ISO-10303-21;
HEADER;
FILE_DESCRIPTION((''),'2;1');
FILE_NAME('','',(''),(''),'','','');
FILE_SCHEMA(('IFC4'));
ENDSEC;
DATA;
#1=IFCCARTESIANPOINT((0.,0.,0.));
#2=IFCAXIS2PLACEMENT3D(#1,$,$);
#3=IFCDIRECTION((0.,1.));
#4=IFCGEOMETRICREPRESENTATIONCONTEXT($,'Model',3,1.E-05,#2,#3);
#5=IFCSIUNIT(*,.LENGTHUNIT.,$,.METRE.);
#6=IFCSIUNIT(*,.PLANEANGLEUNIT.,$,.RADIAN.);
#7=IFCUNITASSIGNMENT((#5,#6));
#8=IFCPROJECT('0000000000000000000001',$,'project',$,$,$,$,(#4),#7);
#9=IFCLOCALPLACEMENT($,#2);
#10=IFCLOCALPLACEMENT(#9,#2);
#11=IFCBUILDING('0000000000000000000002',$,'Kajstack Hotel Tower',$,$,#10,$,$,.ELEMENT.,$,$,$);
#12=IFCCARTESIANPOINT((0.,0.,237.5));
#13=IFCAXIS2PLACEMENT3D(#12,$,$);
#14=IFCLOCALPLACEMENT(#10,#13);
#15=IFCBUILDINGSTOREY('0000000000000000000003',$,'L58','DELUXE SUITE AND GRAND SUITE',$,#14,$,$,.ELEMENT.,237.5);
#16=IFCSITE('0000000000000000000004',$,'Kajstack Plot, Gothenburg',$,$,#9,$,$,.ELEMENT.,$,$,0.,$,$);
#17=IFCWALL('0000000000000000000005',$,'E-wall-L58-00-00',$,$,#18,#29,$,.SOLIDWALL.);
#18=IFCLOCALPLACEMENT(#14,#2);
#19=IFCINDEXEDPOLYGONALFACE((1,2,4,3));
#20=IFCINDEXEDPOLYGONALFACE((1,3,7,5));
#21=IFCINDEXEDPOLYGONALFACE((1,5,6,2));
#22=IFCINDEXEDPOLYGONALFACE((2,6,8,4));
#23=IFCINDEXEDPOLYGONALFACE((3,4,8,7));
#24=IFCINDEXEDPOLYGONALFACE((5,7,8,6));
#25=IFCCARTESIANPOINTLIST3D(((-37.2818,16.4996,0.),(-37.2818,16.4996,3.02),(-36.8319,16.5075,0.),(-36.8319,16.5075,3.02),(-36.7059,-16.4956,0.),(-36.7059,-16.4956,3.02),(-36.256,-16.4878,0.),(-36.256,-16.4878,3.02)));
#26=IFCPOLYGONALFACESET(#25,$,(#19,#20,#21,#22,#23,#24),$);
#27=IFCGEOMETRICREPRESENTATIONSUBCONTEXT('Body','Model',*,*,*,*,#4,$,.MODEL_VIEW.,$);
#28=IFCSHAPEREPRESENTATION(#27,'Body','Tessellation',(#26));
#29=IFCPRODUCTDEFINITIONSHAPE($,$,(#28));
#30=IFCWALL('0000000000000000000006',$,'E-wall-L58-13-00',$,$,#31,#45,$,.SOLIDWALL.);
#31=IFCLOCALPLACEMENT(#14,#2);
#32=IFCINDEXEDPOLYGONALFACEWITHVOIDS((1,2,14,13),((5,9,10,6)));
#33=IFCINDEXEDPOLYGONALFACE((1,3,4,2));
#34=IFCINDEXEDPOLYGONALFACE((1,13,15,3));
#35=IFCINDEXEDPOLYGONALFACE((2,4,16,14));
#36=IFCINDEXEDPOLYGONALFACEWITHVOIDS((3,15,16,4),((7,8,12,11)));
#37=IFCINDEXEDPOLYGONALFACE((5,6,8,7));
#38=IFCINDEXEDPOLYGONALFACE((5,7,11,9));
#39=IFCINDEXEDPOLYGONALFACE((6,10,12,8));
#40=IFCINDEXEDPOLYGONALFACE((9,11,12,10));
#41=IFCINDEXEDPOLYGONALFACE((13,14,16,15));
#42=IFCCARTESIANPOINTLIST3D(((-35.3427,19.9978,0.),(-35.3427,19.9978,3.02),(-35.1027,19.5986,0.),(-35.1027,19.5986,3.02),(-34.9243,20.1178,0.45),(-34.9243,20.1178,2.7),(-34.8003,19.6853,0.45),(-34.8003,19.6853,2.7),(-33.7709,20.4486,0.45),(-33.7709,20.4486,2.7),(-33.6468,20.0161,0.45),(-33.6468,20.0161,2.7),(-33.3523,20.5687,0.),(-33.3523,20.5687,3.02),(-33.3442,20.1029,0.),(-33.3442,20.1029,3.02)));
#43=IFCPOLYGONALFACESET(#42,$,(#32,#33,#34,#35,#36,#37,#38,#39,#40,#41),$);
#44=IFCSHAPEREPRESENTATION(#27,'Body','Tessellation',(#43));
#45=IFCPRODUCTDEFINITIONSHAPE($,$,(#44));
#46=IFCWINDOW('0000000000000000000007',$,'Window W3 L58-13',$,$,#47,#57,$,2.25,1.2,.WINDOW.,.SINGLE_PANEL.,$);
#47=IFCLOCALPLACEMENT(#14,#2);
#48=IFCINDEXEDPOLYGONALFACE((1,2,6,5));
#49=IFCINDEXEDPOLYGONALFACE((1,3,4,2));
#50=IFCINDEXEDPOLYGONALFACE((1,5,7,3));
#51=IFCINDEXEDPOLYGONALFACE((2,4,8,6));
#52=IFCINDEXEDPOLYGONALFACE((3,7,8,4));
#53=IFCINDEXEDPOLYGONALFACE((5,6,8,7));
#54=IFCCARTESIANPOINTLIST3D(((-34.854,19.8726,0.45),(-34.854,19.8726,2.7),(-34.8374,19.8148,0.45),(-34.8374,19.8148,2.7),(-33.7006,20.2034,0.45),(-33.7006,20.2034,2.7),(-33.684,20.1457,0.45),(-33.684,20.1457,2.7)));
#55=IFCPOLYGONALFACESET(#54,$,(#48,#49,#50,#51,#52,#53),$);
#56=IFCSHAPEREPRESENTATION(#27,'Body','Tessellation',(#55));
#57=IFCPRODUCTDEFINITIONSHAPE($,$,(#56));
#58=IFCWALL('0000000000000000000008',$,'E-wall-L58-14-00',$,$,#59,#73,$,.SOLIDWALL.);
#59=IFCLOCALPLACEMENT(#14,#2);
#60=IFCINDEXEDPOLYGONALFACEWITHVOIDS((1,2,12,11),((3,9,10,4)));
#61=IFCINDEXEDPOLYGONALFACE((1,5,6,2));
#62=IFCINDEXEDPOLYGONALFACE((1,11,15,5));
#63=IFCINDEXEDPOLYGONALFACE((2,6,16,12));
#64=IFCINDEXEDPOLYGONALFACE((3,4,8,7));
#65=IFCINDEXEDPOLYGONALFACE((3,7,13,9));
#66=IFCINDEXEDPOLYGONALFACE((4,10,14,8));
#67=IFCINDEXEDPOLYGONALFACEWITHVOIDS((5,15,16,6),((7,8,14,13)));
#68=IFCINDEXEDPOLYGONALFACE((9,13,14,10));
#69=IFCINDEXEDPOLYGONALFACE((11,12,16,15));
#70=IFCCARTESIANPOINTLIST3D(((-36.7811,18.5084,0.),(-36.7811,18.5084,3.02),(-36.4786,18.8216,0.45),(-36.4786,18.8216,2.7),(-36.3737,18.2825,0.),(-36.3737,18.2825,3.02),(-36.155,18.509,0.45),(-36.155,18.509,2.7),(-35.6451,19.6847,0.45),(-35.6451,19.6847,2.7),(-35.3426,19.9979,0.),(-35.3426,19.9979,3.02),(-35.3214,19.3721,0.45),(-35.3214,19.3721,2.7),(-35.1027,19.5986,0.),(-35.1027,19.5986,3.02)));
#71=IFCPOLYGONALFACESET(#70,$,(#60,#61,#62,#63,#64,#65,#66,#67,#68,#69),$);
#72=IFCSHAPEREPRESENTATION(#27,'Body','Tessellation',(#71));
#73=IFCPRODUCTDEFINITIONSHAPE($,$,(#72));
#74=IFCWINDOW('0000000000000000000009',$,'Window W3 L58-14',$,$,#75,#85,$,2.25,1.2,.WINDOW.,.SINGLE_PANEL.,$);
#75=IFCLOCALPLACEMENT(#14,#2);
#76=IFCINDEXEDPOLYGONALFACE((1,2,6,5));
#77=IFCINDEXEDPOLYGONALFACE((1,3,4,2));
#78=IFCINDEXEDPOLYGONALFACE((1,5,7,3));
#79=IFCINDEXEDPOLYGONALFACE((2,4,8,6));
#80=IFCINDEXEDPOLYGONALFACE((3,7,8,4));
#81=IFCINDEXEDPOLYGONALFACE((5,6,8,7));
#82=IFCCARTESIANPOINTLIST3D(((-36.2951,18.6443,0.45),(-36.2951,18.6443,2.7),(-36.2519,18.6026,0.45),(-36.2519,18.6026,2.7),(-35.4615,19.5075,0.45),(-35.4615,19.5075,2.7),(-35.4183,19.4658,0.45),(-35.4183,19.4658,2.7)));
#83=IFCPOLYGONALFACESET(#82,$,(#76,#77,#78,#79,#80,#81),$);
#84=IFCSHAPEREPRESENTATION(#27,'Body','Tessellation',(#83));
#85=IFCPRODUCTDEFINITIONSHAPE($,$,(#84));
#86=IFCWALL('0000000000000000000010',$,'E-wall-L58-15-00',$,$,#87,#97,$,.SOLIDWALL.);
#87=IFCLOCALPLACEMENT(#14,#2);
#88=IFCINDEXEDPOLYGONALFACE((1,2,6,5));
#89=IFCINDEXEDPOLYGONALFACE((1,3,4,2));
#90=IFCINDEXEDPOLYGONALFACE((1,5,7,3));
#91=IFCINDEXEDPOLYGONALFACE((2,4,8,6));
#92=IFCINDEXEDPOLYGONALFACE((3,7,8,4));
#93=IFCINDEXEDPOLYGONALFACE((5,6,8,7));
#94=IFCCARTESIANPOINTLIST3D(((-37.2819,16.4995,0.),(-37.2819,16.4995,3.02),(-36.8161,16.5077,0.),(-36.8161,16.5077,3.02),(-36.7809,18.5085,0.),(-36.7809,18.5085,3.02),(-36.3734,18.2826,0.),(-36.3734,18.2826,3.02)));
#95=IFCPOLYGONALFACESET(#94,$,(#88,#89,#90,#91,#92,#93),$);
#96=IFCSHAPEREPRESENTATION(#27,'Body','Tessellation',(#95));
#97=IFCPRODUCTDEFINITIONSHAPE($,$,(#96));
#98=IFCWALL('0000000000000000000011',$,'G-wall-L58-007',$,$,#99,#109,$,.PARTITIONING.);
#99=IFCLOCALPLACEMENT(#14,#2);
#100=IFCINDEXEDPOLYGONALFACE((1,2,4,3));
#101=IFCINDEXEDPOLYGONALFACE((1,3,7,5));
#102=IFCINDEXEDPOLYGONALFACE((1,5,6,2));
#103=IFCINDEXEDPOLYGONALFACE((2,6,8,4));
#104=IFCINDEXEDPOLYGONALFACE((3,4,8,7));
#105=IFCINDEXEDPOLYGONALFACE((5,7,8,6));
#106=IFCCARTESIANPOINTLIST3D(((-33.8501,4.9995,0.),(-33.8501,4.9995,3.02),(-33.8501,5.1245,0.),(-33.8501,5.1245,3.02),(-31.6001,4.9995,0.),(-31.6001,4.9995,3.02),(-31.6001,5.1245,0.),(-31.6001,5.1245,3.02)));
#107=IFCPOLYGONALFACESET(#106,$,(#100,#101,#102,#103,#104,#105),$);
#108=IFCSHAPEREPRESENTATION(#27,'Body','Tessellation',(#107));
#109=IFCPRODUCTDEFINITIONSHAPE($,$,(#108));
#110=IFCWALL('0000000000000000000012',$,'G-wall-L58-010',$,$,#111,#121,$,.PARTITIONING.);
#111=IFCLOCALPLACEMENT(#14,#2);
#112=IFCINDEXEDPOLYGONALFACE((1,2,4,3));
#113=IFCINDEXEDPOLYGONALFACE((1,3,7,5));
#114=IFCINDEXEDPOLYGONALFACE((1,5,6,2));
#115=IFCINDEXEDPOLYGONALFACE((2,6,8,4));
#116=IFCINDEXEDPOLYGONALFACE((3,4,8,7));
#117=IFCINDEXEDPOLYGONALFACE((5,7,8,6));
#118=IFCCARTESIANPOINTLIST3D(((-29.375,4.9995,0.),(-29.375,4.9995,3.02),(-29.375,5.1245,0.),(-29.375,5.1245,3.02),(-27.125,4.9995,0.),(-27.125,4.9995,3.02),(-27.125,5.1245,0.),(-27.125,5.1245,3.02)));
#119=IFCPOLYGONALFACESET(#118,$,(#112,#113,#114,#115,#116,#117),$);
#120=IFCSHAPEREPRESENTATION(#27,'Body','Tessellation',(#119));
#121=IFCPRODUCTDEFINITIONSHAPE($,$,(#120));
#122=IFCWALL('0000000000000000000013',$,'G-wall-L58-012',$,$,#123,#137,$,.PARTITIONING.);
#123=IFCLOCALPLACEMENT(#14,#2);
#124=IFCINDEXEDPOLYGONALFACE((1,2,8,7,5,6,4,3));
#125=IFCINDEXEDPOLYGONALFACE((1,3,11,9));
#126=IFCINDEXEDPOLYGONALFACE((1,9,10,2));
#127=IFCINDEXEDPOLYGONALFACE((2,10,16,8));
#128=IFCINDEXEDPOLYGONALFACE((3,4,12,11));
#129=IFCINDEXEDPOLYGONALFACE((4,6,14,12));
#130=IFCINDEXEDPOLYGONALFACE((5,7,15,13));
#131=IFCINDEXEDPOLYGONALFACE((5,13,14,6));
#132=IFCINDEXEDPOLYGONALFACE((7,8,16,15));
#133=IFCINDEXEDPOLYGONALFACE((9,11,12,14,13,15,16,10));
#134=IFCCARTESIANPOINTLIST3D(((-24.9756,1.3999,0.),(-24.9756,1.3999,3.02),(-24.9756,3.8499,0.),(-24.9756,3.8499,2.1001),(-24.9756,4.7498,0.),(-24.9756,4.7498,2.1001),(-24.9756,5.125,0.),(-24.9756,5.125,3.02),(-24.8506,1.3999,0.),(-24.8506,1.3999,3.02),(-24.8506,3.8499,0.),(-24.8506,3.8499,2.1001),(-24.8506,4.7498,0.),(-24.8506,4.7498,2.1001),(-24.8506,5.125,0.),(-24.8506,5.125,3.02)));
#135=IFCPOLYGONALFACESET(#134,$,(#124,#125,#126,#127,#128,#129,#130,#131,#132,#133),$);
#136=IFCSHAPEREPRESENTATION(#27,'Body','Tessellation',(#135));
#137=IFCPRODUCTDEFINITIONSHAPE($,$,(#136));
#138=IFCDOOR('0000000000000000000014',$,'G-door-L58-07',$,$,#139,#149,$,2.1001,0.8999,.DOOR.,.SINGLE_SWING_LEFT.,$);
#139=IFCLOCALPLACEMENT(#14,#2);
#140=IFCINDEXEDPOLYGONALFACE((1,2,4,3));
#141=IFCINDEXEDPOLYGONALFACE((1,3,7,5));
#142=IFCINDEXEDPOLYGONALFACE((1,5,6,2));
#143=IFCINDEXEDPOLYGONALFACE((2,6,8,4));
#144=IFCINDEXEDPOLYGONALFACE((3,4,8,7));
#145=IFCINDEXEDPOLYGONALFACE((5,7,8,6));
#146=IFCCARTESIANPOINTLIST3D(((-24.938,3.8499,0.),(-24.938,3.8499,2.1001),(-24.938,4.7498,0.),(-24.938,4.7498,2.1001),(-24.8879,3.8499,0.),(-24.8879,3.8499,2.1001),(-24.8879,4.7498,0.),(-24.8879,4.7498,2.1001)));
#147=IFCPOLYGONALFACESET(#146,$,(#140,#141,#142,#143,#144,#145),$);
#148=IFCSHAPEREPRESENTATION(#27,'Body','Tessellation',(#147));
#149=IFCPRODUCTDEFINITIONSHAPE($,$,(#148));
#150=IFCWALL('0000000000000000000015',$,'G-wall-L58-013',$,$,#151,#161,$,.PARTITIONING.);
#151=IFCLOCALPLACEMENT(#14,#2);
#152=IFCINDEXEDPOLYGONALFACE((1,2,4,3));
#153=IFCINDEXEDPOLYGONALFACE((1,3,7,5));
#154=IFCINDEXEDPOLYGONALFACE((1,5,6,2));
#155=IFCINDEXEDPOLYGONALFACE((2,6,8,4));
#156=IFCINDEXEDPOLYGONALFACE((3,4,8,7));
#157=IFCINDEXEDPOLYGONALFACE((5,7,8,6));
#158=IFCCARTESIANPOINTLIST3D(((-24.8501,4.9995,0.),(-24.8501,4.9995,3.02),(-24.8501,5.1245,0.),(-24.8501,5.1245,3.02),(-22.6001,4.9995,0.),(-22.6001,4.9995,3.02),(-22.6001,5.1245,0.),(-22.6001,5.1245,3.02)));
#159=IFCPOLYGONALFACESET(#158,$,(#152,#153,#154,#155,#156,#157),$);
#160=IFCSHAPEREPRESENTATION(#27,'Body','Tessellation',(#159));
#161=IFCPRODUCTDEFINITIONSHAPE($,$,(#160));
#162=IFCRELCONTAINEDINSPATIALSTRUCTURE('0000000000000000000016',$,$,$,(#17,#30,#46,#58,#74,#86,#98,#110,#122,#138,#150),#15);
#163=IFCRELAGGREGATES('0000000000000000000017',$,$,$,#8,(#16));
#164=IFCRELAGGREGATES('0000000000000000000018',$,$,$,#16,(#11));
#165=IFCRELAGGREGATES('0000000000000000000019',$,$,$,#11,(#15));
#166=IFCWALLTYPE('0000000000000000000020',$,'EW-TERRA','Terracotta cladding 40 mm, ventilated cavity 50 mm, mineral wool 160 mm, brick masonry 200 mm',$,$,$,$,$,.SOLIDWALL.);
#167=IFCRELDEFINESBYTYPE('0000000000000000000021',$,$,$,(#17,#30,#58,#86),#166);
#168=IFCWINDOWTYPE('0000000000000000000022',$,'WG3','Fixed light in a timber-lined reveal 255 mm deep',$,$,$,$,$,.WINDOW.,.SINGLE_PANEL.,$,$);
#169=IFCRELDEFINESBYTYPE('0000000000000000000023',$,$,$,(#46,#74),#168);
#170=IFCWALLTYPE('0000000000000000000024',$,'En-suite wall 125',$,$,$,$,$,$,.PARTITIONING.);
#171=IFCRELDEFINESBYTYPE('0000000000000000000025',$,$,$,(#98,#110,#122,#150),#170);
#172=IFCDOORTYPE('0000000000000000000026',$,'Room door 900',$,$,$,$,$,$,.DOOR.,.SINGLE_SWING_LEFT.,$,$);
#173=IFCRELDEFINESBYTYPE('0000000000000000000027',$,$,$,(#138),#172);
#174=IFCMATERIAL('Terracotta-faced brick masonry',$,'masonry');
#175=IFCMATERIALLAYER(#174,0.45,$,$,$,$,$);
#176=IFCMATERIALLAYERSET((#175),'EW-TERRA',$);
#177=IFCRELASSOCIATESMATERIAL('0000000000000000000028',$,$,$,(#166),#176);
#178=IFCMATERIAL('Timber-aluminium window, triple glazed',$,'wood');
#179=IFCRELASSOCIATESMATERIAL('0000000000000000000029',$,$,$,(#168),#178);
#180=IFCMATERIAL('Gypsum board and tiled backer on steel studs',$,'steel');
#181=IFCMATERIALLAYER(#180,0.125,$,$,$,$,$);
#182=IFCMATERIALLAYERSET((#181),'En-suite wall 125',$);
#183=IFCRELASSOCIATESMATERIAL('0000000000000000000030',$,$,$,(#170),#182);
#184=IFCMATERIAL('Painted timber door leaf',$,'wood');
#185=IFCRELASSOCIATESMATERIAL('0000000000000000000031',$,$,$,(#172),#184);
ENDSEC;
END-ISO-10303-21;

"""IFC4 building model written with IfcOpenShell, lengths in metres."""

from ifc_helpers import new_model, si_unit, direction, frame, frame_2d, origin, place, context, subcontext, project, spatial, polyline, rectangle, outline, extrude, material, layer, layer_set, type_object, element, fill, save


model = new_model("IFC4")

# Units and contexts
model_context = context("Model", 3, precision=1e-05, world=origin(), true_north=direction((0.0, 1.0)))
body_context = subcontext(model_context, "Body", "Model", "MODEL_VIEW")
ifc_project = project(units=[si_unit("LENGTHUNIT", "METRE"), si_unit("PLANEANGLEUNIT", "RADIAN")], contexts=[model_context])

# Site, building, storey
site_placement = place(None, origin())
site = spatial("IfcSite", under=ifc_project, at=site_placement, Name="Kajstack Plot, Gothenburg", CompositionType="ELEMENT", RefElevation=0.0)
building_placement = place(site_placement, origin())
building = spatial("IfcBuilding", under=site, at=building_placement, Name="Kajstack Hotel Tower", CompositionType="ELEMENT")
storey_placement = place(building_placement, frame((0.0, 0.0, 237.5)))
storey = spatial("IfcBuildingStorey", under=building, at=storey_placement, Name="L58", Description="DELUXE SUITE AND GRAND SUITE", CompositionType="ELEMENT", Elevation=237.5)

# Wall
ifc_material_1 = material(Name="Terracotta-faced brick masonry", Category="masonry")
ifc_layer_1 = layer(ifc_material_1, 0.45)
ifc_layer_set_1 = layer_set([ifc_layer_1], Name="EW-TERRA")
wall_type_1 = type_object("IfcWallType", Name="EW-TERRA", Description="Terracotta cladding 40 mm, ventilated cavity 50 mm, mineral wool 160 mm, brick masonry 200 mm", PredefinedType="SOLIDWALL", material=ifc_layer_set_1)
wall_1_placement = place(storey_placement, frame((-37.0569, 16.5034, 0.0), z_axis=(0.0, 0.0, 1.0), x_axis=(0.017452, -0.999848, 0.0)))
element("IfcWall", 1, at=wall_1_placement, inside=storey, type_object=wall_type_1, Name="E-wall-L58-00-00", PredefinedType="SOLIDWALL", context=body_context, shape_type="SweptSolid", body=[
    extrude(rectangle(XDim=33.0002, YDim=0.45, at=frame_2d((16.5, 0.0))), origin(), (0.0, 0.0, 1.0), 3.02),
])

# Walls, openings, windows
wall_2_placement = place(storey_placement, frame((-33.2903, 20.3523, 0.0), z_axis=(0.0, 0.0, 1.0), x_axis=(-0.961248, -0.275687, 0.0)))
wall_2 = element("IfcWall", 2, at=wall_2_placement, inside=storey, type_object=wall_type_1, Name="E-wall-L58-13-00", PredefinedType="SOLIDWALL", context=body_context, shape_type="SweptSolid", body=[
    extrude(outline(polyline([(0.0, -0.2251), (2.0706, -0.2251), (1.95, 0.2249), (0.1206, 0.2249), (0.0, -0.2251)])), origin(), (0.0, 0.0, 1.0), 3.02),
])
opening_1_placement = place(wall_2_placement, frame((0.4353, 0.0, 0.45)))
opening_1 = element("IfcOpeningElement", 3, at=opening_1_placement, cuts=wall_2, PredefinedType="OPENING", context=body_context, shape_type="SweptSolid", body=[
    extrude(rectangle(XDim=1.2, YDim=2.25, at=frame_2d((0.6001, 1.125))), frame((0.0, 0.2349, 0.0), z_axis=(0.0, -1.0, 0.0), x_axis=(1.0, 0.0, 0.0)), (0.0, 0.0, 1.0), 0.47),
])
ifc_material_2 = material(Name="Timber-aluminium window, triple glazed", Category="wood")
window_type = type_object("IfcWindowType", Name="WG3", Description="Fixed light in a timber-lined reveal 255 mm deep", PartitioningType="SINGLE_PANEL", PredefinedType="WINDOW", material=ifc_material_2)
window_1_placement = place(opening_1_placement, origin())
window_1 = element("IfcWindow", 4, at=window_1_placement, inside=storey, type_object=window_type, Name="Window W3 L58-13", OverallHeight=2.25, OverallWidth=1.2, PartitioningType="SINGLE_PANEL", PredefinedType="WINDOW", context=body_context, shape_type="SweptSolid", body=[
    extrude(rectangle(XDim=1.2, YDim=2.25, at=frame_2d((0.6001, 1.125))), frame((0.0, 0.0901, 0.0), z_axis=(0.0, -1.0, 0.0), x_axis=(1.0, 0.0, 0.0)), (0.0, 0.0, 1.0), 0.0601),
])
fill(opening_1, window_1)
wall_3_placement = place(storey_placement, frame((-35.1807, 19.8416, 0.0), z_axis=(0.0, 0.0, 1.0), x_axis=(-0.694679, -0.71932, 0.0)))
wall_3 = element("IfcWall", 5, at=wall_3_placement, inside=storey, type_object=wall_type_1, Name="E-wall-L58-14-00", PredefinedType="SOLIDWALL", context=body_context, shape_type="SweptSolid", body=[
    extrude(outline(polyline([(0.0, -0.2251), (2.0708, -0.2251), (1.9502, 0.2249), (0.1206, 0.2249), (0.0, -0.2251)])), origin(), (0.0, 0.0, 1.0), 3.02),
])
opening_2_placement = place(wall_3_placement, frame((0.4353, 0.0, 0.45)))
opening_2 = element("IfcOpeningElement", 6, at=opening_2_placement, cuts=wall_3, PredefinedType="OPENING", context=body_context, shape_type="SweptSolid", body=[
    extrude(rectangle(XDim=1.2, YDim=2.25, at=frame_2d((0.6001, 1.125))), frame((0.0, 0.2349, 0.0), z_axis=(0.0, -1.0, 0.0), x_axis=(1.0, 0.0, 0.0)), (0.0, 0.0, 1.0), 0.47),
])
window_2_placement = place(opening_2_placement, origin())
window_2 = element("IfcWindow", 7, at=window_2_placement, inside=storey, type_object=window_type, Name="Window W3 L58-14", OverallHeight=2.25, OverallWidth=1.2, PartitioningType="SINGLE_PANEL", PredefinedType="WINDOW", context=body_context, shape_type="SweptSolid", body=[
    extrude(rectangle(XDim=1.2, YDim=2.25, at=frame_2d((0.6001, 1.125))), frame((0.0, 0.0901, 0.0), z_axis=(0.0, -1.0, 0.0), x_axis=(1.0, 0.0, 0.0)), (0.0, 0.0, 1.0), 0.0601),
])
fill(opening_2, window_2)

# Walls
wall_4_placement = place(storey_placement, frame((-36.5627, 18.4539, 0.0), z_axis=(0.0, 0.0, 1.0), x_axis=(-0.24187, -0.970309, 0.0)))
element("IfcWall", 8, at=wall_4_placement, inside=storey, type_object=wall_type_1, Name="E-wall-L58-15-00", PredefinedType="SOLIDWALL", context=body_context, shape_type="SweptSolid", body=[
    extrude(outline(polyline([(-0.0002, -0.2249), (2.0703, -0.2251), (1.9497, 0.2249), (0.1204, 0.2251), (-0.0002, -0.2249)])), origin(), (0.0, 0.0, 1.0), 3.02),
])
ifc_material_3 = material(Name="Gypsum board and tiled backer on steel studs", Category="steel")
ifc_layer_2 = layer(ifc_material_3, 0.125)
ifc_layer_set_2 = layer_set([ifc_layer_2], Name="En-suite wall 125")
wall_type_2 = type_object("IfcWallType", Name="En-suite wall 125", PredefinedType="PARTITIONING", material=ifc_layer_set_2)
for number, where, z_axis, x_axis, name in (
    (9, (-33.8501, 5.062, 0.0), (0.0, 0.0, 1.0), (1.0, 0.0, 0.0), "G-wall-L58-007"),
    (10, (-29.375, 5.062, 0.0), (0.0, 0.0, 1.0), (1.0, 0.0, 0.0), "G-wall-L58-010"),
):
    element("IfcWall", number, at=place(storey_placement, frame(where, z_axis=z_axis, x_axis=x_axis)), inside=storey, type_object=wall_type_2, Name=name, PredefinedType="PARTITIONING", context=body_context, shape_type="SweptSolid", body=[
        extrude(rectangle(XDim=2.25, YDim=0.125, at=frame_2d((1.125, 0.0))), origin(), (0.0, 0.0, 1.0), 3.02),
    ])

# Wall, opening, door
wall_5_placement = place(storey_placement, frame((-24.9131, 1.3999, 0.0), z_axis=(0.0, 0.0, 1.0), x_axis=(0.0, 1.0, 0.0)))
wall_5 = element("IfcWall", 11, at=wall_5_placement, inside=storey, type_object=wall_type_2, Name="G-wall-L58-012", PredefinedType="PARTITIONING", context=body_context, shape_type="SweptSolid", body=[
    extrude(rectangle(XDim=3.7251, YDim=0.125, at=frame_2d((1.8625, 0.0))), origin(), (0.0, 0.0, 1.0), 3.02),
])
opening_3_placement = place(wall_5_placement, frame((2.45, 0.0, 0.0)))
opening_3 = element("IfcOpeningElement", 12, at=opening_3_placement, cuts=wall_5, PredefinedType="OPENING", context=body_context, shape_type="SweptSolid", body=[
    extrude(rectangle(XDim=0.8999, YDim=2.1001, at=frame_2d((0.45, 1.05))), frame((0.0, 0.0725, 0.0), z_axis=(0.0, -1.0, 0.0), x_axis=(1.0, 0.0, 0.0)), (0.0, 0.0, 1.0), 0.145),
])
ifc_material_4 = material(Name="Painted timber door leaf", Category="wood")
door_type_1 = type_object("IfcDoorType", Name="Room door 900", OperationType="SINGLE_SWING_LEFT", PredefinedType="DOOR", material=ifc_material_4)
door_1_placement = place(opening_3_placement, origin())
door_1 = element("IfcDoor", 13, at=door_1_placement, inside=storey, type_object=door_type_1, Name="G-door-L58-07", OperationType="SINGLE_SWING_LEFT", OverallHeight=2.1001, OverallWidth=0.8999, PredefinedType="DOOR", context=body_context, shape_type="SweptSolid", body=[
    extrude(rectangle(XDim=0.8999, YDim=2.1001, at=frame_2d((0.45, 1.05))), frame((0.0, 0.0249, 0.0), z_axis=(0.0, -1.0, 0.0), x_axis=(1.0, 0.0, 0.0)), (0.0, 0.0, 1.0), 0.05),
])
fill(opening_3, door_1)

# Wall
wall_6_placement = place(storey_placement, frame((-24.8501, 5.062, 0.0), z_axis=(0.0, 0.0, 1.0), x_axis=(1.0, 0.0, 0.0)))
element("IfcWall", 14, at=wall_6_placement, inside=storey, type_object=wall_type_2, Name="G-wall-L58-013", PredefinedType="PARTITIONING", context=body_context, shape_type="SweptSolid", body=[
    extrude(rectangle(XDim=2.25, YDim=0.125, at=frame_2d((1.125, 0.0))), origin(), (0.0, 0.0, 1.0), 3.02),
])

save(model, "model.ifc")
